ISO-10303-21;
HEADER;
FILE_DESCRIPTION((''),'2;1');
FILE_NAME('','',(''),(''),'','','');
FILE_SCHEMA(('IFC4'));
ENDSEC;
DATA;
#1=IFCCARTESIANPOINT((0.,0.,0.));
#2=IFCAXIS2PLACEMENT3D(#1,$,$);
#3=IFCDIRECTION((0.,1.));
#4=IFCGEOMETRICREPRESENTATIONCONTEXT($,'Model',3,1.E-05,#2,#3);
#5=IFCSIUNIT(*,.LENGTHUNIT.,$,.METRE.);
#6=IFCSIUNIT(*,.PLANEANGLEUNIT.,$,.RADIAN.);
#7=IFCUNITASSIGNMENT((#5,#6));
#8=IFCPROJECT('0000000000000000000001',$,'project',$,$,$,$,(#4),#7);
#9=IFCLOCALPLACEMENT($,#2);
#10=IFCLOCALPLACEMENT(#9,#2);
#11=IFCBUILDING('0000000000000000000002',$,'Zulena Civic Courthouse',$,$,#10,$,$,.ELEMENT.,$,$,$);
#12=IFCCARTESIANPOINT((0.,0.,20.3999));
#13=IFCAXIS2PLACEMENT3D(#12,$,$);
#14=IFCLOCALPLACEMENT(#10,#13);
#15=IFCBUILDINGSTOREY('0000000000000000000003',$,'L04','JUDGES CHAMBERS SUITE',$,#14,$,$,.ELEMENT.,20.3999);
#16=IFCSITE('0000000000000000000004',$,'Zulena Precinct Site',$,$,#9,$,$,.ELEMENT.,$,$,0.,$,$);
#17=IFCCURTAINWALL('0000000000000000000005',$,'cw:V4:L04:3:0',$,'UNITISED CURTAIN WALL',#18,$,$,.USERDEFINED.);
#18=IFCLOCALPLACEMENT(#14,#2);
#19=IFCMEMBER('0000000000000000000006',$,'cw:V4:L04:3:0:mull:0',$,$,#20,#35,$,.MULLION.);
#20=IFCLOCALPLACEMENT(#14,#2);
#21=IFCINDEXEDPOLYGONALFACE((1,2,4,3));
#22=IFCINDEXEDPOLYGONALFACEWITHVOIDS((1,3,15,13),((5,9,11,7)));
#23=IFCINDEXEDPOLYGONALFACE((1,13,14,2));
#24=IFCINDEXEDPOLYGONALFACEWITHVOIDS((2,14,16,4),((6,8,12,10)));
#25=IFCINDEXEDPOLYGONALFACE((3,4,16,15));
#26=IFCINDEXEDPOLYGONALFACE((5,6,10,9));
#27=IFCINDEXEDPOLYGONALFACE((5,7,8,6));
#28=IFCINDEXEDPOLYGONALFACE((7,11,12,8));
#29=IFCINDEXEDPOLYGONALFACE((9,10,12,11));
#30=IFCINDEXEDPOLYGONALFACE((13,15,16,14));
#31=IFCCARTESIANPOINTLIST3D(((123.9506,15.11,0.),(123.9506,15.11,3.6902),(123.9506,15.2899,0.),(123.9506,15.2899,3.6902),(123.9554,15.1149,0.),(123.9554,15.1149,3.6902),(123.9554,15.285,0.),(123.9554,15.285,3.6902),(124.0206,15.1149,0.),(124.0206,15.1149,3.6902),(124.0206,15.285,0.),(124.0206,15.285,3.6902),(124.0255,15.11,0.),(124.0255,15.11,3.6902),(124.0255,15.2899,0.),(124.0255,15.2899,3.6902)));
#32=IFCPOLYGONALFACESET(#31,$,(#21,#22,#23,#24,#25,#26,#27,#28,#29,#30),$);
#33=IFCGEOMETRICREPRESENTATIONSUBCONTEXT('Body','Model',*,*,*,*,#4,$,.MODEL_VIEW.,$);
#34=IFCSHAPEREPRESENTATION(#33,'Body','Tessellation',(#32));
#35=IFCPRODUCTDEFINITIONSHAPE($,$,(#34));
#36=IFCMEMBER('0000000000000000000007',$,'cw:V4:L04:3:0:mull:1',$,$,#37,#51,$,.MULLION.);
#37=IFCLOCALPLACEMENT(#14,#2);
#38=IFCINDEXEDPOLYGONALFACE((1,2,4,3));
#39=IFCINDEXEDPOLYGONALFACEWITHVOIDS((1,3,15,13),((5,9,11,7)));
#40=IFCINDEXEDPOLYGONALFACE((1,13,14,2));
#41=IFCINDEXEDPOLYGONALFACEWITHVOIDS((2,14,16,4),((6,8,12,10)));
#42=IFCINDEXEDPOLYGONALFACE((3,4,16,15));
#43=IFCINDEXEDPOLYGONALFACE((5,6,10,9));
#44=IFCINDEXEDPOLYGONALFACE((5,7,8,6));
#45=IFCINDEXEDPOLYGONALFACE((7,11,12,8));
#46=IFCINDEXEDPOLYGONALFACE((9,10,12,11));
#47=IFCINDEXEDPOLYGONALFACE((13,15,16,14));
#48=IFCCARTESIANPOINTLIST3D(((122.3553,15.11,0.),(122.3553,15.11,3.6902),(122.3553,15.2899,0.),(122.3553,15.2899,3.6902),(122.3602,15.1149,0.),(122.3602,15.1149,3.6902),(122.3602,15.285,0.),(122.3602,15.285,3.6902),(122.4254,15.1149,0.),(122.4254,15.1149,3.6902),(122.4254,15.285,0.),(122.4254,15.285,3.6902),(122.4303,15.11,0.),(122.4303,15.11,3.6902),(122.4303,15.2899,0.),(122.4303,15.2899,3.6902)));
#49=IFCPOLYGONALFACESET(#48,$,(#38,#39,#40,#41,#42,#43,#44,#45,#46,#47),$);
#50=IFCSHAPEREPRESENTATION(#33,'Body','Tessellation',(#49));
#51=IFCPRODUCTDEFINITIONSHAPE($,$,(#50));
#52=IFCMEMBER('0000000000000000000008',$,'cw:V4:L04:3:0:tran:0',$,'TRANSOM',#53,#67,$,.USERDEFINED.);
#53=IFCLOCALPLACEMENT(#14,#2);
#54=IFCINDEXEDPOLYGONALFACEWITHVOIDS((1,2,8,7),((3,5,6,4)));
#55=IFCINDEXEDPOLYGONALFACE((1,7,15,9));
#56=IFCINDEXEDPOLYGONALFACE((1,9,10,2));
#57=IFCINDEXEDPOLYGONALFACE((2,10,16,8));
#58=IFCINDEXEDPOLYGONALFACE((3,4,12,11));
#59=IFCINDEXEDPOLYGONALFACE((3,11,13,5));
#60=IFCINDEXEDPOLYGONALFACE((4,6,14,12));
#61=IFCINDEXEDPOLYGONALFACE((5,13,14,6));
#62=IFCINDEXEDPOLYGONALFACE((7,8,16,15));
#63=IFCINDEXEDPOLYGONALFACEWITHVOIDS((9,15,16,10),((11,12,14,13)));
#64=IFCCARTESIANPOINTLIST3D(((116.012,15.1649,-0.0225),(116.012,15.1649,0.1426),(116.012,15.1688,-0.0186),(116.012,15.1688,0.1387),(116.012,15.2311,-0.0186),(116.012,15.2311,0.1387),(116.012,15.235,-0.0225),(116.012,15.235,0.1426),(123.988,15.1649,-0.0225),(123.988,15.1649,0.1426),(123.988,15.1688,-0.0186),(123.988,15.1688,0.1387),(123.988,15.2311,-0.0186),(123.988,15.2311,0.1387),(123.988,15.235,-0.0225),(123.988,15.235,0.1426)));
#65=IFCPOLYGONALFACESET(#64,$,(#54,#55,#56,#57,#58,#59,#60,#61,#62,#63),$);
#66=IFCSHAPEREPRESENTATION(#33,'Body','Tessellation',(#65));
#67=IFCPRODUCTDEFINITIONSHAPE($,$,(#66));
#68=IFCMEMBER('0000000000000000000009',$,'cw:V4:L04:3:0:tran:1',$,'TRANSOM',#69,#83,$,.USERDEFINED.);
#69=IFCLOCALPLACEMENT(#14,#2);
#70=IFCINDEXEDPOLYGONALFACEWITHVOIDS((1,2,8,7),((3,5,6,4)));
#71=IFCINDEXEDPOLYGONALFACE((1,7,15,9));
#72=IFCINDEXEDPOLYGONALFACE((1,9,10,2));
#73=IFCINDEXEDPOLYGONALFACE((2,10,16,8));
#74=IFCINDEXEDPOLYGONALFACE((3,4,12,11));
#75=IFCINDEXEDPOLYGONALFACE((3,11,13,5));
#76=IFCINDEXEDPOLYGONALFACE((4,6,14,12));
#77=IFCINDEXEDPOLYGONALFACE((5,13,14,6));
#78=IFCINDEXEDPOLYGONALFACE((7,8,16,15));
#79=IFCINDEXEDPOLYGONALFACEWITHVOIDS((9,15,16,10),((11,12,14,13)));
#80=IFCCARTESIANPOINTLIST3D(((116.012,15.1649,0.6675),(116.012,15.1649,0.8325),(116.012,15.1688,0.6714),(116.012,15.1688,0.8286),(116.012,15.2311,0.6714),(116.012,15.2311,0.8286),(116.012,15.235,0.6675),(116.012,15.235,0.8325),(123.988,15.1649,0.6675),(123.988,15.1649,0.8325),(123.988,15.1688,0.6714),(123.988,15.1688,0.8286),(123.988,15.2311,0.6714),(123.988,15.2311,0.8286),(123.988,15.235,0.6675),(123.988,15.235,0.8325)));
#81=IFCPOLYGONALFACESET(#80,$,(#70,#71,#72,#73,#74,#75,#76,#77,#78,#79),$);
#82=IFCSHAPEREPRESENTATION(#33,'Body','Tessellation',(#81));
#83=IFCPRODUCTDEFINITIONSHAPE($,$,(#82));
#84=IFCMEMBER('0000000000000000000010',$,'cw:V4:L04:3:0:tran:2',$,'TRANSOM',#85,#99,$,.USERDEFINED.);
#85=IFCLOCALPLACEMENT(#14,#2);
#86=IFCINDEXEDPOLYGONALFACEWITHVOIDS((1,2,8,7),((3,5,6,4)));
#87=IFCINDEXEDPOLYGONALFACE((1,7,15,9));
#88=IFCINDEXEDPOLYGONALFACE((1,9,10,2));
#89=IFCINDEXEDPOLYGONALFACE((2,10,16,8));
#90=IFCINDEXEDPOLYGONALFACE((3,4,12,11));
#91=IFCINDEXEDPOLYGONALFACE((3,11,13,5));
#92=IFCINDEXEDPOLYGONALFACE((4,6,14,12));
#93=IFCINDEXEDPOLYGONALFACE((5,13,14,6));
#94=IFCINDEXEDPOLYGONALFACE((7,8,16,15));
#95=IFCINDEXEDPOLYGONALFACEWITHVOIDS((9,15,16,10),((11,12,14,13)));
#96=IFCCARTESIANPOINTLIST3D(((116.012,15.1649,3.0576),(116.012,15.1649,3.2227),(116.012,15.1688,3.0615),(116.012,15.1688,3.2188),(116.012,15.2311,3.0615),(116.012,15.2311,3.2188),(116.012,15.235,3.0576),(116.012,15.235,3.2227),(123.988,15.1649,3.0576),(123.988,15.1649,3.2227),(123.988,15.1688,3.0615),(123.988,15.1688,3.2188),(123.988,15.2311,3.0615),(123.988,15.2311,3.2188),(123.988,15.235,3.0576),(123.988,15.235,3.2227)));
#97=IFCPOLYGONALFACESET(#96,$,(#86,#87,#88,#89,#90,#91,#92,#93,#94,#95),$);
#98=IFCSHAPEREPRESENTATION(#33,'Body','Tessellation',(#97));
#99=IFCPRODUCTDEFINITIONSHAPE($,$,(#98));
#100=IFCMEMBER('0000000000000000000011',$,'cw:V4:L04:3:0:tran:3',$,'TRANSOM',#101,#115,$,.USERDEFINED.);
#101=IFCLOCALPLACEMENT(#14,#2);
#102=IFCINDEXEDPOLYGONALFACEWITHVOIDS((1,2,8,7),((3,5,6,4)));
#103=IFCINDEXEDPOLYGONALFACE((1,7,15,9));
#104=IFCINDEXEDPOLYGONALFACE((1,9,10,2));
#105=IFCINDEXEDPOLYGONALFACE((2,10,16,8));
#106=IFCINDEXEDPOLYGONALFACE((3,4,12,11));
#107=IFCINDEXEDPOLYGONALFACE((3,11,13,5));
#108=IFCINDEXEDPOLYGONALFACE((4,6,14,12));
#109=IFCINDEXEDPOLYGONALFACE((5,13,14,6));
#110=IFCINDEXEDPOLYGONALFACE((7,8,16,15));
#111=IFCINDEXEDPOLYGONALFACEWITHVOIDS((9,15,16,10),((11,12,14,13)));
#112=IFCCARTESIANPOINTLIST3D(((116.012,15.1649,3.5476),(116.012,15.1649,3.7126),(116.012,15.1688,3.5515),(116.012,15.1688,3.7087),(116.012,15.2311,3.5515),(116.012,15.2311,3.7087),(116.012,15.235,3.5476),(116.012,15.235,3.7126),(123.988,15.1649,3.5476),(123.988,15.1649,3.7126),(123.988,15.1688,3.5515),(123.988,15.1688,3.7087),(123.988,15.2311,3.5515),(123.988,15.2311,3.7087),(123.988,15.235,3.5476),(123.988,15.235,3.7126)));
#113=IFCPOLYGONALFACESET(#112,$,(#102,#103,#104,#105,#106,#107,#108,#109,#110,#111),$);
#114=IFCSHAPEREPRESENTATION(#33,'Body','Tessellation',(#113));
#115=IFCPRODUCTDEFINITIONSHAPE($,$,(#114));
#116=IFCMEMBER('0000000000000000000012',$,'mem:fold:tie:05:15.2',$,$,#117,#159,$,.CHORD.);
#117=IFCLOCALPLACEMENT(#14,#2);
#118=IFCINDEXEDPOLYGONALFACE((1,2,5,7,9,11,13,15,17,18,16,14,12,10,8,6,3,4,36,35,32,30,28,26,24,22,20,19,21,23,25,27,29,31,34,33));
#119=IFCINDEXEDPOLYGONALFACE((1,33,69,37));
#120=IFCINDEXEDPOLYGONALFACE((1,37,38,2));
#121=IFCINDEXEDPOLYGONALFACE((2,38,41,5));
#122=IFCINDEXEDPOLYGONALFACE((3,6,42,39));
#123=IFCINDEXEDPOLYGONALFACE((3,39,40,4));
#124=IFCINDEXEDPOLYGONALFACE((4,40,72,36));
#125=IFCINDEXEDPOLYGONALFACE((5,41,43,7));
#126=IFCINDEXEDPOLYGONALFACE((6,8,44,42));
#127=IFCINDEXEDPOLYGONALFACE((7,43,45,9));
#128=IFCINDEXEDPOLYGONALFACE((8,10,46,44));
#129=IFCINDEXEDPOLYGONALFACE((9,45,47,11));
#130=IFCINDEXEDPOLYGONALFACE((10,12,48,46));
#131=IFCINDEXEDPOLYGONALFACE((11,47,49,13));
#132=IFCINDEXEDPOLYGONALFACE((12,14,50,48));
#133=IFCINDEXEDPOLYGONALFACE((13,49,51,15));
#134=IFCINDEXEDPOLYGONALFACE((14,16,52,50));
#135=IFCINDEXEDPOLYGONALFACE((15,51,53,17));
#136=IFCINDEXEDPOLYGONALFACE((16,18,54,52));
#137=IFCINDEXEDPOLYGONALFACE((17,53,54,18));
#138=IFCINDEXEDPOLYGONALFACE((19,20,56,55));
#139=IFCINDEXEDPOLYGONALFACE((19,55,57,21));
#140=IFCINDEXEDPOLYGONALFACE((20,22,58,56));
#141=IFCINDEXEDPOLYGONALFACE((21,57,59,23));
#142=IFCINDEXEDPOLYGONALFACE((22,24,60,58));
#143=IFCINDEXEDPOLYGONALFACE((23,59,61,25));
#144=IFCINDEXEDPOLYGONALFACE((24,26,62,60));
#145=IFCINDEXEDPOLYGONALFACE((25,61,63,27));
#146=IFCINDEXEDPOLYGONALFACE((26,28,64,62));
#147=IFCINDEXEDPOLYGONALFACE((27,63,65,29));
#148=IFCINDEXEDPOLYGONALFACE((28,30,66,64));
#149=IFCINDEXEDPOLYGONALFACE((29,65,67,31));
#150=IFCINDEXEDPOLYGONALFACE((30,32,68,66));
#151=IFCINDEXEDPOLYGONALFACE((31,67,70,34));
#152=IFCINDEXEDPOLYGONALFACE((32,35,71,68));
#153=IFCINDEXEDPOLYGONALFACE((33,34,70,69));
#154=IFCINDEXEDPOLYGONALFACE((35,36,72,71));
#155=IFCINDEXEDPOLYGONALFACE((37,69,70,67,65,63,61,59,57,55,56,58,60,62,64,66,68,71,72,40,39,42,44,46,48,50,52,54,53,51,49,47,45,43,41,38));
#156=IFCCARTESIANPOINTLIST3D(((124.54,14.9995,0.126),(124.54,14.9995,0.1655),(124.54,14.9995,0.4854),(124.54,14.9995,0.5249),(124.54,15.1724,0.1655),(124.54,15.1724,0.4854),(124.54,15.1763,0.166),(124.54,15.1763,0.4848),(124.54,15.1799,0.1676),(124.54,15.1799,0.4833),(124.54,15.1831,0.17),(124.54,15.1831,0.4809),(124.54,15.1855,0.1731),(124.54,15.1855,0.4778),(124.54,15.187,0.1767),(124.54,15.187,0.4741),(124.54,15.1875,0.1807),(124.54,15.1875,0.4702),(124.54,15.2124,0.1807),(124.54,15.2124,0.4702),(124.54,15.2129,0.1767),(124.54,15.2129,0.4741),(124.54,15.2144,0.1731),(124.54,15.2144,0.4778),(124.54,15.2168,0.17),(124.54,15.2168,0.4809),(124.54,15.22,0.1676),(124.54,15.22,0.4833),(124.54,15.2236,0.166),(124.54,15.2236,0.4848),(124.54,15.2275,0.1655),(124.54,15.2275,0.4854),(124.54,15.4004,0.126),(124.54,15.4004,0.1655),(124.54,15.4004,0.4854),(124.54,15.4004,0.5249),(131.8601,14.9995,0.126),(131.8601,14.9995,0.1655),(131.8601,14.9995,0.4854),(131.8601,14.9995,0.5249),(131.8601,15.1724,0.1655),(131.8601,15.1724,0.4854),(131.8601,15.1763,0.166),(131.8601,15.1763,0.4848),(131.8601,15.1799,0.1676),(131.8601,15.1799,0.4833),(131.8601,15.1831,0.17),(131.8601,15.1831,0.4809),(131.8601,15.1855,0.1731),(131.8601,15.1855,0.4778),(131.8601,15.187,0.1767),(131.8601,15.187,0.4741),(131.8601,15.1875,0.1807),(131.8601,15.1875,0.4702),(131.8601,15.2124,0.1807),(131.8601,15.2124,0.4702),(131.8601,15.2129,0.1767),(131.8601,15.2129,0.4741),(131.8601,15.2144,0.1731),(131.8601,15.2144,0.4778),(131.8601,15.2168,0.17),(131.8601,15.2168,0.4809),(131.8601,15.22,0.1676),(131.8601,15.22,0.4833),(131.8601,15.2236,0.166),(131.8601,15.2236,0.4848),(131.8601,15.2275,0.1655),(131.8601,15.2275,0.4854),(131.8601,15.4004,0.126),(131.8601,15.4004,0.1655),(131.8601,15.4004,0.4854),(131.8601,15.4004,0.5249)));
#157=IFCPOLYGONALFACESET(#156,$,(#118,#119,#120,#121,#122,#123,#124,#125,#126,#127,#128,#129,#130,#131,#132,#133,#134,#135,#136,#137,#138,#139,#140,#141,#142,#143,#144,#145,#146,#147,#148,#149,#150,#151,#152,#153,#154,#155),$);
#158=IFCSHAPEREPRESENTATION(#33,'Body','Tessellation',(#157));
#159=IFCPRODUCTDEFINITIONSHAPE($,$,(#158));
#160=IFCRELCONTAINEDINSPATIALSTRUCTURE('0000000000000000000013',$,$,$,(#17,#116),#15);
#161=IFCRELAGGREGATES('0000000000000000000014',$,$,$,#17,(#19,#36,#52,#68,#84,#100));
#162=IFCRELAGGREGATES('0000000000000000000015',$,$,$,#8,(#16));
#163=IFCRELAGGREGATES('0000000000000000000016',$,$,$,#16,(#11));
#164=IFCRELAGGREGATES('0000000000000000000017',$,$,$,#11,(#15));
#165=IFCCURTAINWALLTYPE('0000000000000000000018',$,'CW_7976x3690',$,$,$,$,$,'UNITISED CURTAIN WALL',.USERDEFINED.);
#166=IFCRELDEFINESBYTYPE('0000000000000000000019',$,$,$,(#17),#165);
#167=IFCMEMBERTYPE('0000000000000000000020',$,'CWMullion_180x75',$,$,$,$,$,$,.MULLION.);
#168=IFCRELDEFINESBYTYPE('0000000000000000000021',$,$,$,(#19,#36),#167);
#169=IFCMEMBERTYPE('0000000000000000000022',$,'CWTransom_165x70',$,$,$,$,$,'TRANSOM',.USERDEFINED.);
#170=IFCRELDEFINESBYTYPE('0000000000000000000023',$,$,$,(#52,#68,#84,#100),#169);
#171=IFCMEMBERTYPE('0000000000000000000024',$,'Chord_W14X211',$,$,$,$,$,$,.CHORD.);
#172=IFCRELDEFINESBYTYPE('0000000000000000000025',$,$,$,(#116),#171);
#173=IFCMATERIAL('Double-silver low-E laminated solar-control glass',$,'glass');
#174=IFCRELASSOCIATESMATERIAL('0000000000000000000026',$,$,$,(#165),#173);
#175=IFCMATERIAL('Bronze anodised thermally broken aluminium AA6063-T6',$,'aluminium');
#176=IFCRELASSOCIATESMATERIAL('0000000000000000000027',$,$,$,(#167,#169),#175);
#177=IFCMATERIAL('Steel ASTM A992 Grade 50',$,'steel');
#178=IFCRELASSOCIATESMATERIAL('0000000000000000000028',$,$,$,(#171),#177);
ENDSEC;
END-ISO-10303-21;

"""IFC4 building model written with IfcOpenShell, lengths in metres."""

from ifc_helpers import new_model, si_unit, direction, frame, origin, origin_2d, place, context, subcontext, project, spatial, hollow_rectangle, i_section, extrude, material, material_profile, profile_set, type_object, element, aggregate, save


model = new_model("IFC4")

# Units and contexts
model_context = context("Model", 3, precision=1e-05, world=origin(), true_north=direction((0.0, 1.0)))
body_context = subcontext(model_context, "Body", "Model", "MODEL_VIEW")
ifc_project = project(units=[si_unit("LENGTHUNIT", "METRE"), si_unit("PLANEANGLEUNIT", "RADIAN")], contexts=[model_context])

# Site, building, storey
site_placement = place(None, origin())
site = spatial("IfcSite", under=ifc_project, at=site_placement, Name="Zulena Precinct Site", CompositionType="ELEMENT", RefElevation=0.0)
building_placement = place(site_placement, origin())
building = spatial("IfcBuilding", under=site, at=building_placement, Name="Zulena Civic Courthouse", CompositionType="ELEMENT")
storey_placement = place(building_placement, frame((0.0, 0.0, 20.3999)))
storey = spatial("IfcBuildingStorey", under=building, at=storey_placement, Name="L04", Description="JUDGES CHAMBERS SUITE", CompositionType="ELEMENT", Elevation=20.3999)

# Shared definitions
ifc_material_1 = material(Name="Steel ASTM A992 Grade 50", Category="steel")

# Curtain wall, members
ifc_material_2 = material(Name="Double-silver low-E laminated solar-control glass", Category="glass")
curtain_wall_type = type_object("IfcCurtainWallType", Name="CW_7976x3690", ElementType="UNITISED CURTAIN WALL", PredefinedType="USERDEFINED", material=ifc_material_2)
curtain_wall_placement = place(storey_placement, origin())
curtain_wall = element("IfcCurtainWall", 1, at=curtain_wall_placement, inside=storey, type_object=curtain_wall_type, Name="cw:V4:L04:3:0", ObjectType="UNITISED CURTAIN WALL", PredefinedType="USERDEFINED")
ifc_material_3 = material(Name="Bronze anodised thermally broken aluminium AA6063-T6", Category="aluminium")
ifc_material_profile_1 = material_profile(ifc_material_3, hollow_rectangle(XDim=0.075, YDim=0.1799, WallThickness=0.0049, at=origin_2d()), Name="CWM180X75X5")
ifc_profile_set_1 = profile_set([ifc_material_profile_1], Name="Bronze anodised thermally broken aluminium AA6063-T6")
member_type_1 = type_object("IfcMemberType", Name="CWMullion_180x75", PredefinedType="MULLION", material=ifc_profile_set_1)
member_1_placement = place(storey_placement, frame((123.988, 15.2, 0.0), z_axis=(0.0, 0.0, 1.0), x_axis=(1.0, 0.0, 0.0)))
member_1 = element("IfcMember", 2, at=member_1_placement, type_object=member_type_1, Name="cw:V4:L04:3:0:mull:0", PredefinedType="MULLION", context=body_context, shape_type="SweptSolid", body=[
    extrude(hollow_rectangle(XDim=0.075, YDim=0.1799, WallThickness=0.0049, at=origin_2d()), origin(), (0.0, 0.0, 1.0), 3.6902),
])
member_2_placement = place(storey_placement, frame((122.3928, 15.2, 0.0), z_axis=(0.0, 0.0, 1.0), x_axis=(1.0, 0.0, 0.0)))
member_2 = element("IfcMember", 3, at=member_2_placement, type_object=member_type_1, Name="cw:V4:L04:3:0:mull:1", PredefinedType="MULLION", context=body_context, shape_type="SweptSolid", body=[
    extrude(hollow_rectangle(XDim=0.075, YDim=0.1799, WallThickness=0.0049, at=origin_2d()), origin(), (0.0, 0.0, 1.0), 3.6902),
])
ifc_material_profile_2 = material_profile(ifc_material_3, hollow_rectangle(XDim=0.0701, YDim=0.165, WallThickness=0.0039, at=origin_2d()), Name="CWT165X70X4")
ifc_profile_set_2 = profile_set([ifc_material_profile_2], Name="Bronze anodised thermally broken aluminium AA6063-T6")
member_type_2 = type_object("IfcMemberType", Name="CWTransom_165x70", ElementType="TRANSOM", PredefinedType="USERDEFINED", material=ifc_profile_set_2)
member_3_placement = place(storey_placement, frame((123.988, 15.2, 0.0601), z_axis=(-1.0, 0.0, 0.0), x_axis=(0.0, -1.0, 0.0)))
member_3 = element("IfcMember", 4, at=member_3_placement, type_object=member_type_2, Name="cw:V4:L04:3:0:tran:0", ObjectType="TRANSOM", PredefinedType="USERDEFINED", context=body_context, shape_type="SweptSolid", body=[
    extrude(hollow_rectangle(XDim=0.0701, YDim=0.165, WallThickness=0.0039, at=origin_2d()), origin(), (0.0, 0.0, 1.0), 7.9761),
])
member_4_placement = place(storey_placement, frame((123.988, 15.2, 0.75), z_axis=(-1.0, 0.0, 0.0), x_axis=(0.0, -1.0, 0.0)))
member_4 = element("IfcMember", 5, at=member_4_placement, type_object=member_type_2, Name="cw:V4:L04:3:0:tran:1", ObjectType="TRANSOM", PredefinedType="USERDEFINED", context=body_context, shape_type="SweptSolid", body=[
    extrude(hollow_rectangle(XDim=0.0701, YDim=0.165, WallThickness=0.0039, at=origin_2d()), origin(), (0.0, 0.0, 1.0), 7.9761),
])
member_5_placement = place(storey_placement, frame((123.988, 15.2, 3.1401), z_axis=(-1.0, 0.0, 0.0), x_axis=(0.0, -1.0, 0.0)))
member_5 = element("IfcMember", 6, at=member_5_placement, type_object=member_type_2, Name="cw:V4:L04:3:0:tran:2", ObjectType="TRANSOM", PredefinedType="USERDEFINED", context=body_context, shape_type="SweptSolid", body=[
    extrude(hollow_rectangle(XDim=0.0701, YDim=0.165, WallThickness=0.0039, at=origin_2d()), origin(), (0.0, 0.0, 1.0), 7.9761),
])
member_6_placement = place(storey_placement, frame((123.988, 15.2, 3.6301), z_axis=(-1.0, 0.0, 0.0), x_axis=(0.0, -1.0, 0.0)))
member_6 = element("IfcMember", 7, at=member_6_placement, type_object=member_type_2, Name="cw:V4:L04:3:0:tran:3", ObjectType="TRANSOM", PredefinedType="USERDEFINED", context=body_context, shape_type="SweptSolid", body=[
    extrude(hollow_rectangle(XDim=0.0701, YDim=0.165, WallThickness=0.0039, at=origin_2d()), origin(), (0.0, 0.0, 1.0), 7.9761),
])

# Member
ifc_material_profile_3 = material_profile(ifc_material_1, i_section(OverallWidth=0.4009, OverallDepth=0.3989, WebThickness=0.0249, FlangeThickness=0.0396, FilletRadius=0.0151, at=origin_2d()), Name="W14X211")
ifc_profile_set_3 = profile_set([ifc_material_profile_3], Name="Steel ASTM A992 Grade 50")
member_type_3 = type_object("IfcMemberType", Name="Chord_W14X211", PredefinedType="CHORD", material=ifc_profile_set_3)
for number, where, z_axis, x_axis, name in (
    (8, (124.54, 15.2, 0.3254), (1.0, 0.0, 0.0), (0.0, 1.0, 0.0), "mem:fold:tie:05:15.2"),
):
    element("IfcMember", number, at=place(storey_placement, frame(where, z_axis=z_axis, x_axis=x_axis)), inside=storey, type_object=member_type_3, Name=name, PredefinedType="CHORD", context=body_context, shape_type="SweptSolid", body=[
        extrude(i_section(OverallWidth=0.4009, OverallDepth=0.3989, WebThickness=0.0249, FlangeThickness=0.0396, FilletRadius=0.0151, at=origin_2d()), origin(), (0.0, 0.0, 1.0), 7.3201),
    ])

aggregate(curtain_wall, [member_1, member_2, member_3, member_4, member_5, member_6])

save(model, "model.ifc")
